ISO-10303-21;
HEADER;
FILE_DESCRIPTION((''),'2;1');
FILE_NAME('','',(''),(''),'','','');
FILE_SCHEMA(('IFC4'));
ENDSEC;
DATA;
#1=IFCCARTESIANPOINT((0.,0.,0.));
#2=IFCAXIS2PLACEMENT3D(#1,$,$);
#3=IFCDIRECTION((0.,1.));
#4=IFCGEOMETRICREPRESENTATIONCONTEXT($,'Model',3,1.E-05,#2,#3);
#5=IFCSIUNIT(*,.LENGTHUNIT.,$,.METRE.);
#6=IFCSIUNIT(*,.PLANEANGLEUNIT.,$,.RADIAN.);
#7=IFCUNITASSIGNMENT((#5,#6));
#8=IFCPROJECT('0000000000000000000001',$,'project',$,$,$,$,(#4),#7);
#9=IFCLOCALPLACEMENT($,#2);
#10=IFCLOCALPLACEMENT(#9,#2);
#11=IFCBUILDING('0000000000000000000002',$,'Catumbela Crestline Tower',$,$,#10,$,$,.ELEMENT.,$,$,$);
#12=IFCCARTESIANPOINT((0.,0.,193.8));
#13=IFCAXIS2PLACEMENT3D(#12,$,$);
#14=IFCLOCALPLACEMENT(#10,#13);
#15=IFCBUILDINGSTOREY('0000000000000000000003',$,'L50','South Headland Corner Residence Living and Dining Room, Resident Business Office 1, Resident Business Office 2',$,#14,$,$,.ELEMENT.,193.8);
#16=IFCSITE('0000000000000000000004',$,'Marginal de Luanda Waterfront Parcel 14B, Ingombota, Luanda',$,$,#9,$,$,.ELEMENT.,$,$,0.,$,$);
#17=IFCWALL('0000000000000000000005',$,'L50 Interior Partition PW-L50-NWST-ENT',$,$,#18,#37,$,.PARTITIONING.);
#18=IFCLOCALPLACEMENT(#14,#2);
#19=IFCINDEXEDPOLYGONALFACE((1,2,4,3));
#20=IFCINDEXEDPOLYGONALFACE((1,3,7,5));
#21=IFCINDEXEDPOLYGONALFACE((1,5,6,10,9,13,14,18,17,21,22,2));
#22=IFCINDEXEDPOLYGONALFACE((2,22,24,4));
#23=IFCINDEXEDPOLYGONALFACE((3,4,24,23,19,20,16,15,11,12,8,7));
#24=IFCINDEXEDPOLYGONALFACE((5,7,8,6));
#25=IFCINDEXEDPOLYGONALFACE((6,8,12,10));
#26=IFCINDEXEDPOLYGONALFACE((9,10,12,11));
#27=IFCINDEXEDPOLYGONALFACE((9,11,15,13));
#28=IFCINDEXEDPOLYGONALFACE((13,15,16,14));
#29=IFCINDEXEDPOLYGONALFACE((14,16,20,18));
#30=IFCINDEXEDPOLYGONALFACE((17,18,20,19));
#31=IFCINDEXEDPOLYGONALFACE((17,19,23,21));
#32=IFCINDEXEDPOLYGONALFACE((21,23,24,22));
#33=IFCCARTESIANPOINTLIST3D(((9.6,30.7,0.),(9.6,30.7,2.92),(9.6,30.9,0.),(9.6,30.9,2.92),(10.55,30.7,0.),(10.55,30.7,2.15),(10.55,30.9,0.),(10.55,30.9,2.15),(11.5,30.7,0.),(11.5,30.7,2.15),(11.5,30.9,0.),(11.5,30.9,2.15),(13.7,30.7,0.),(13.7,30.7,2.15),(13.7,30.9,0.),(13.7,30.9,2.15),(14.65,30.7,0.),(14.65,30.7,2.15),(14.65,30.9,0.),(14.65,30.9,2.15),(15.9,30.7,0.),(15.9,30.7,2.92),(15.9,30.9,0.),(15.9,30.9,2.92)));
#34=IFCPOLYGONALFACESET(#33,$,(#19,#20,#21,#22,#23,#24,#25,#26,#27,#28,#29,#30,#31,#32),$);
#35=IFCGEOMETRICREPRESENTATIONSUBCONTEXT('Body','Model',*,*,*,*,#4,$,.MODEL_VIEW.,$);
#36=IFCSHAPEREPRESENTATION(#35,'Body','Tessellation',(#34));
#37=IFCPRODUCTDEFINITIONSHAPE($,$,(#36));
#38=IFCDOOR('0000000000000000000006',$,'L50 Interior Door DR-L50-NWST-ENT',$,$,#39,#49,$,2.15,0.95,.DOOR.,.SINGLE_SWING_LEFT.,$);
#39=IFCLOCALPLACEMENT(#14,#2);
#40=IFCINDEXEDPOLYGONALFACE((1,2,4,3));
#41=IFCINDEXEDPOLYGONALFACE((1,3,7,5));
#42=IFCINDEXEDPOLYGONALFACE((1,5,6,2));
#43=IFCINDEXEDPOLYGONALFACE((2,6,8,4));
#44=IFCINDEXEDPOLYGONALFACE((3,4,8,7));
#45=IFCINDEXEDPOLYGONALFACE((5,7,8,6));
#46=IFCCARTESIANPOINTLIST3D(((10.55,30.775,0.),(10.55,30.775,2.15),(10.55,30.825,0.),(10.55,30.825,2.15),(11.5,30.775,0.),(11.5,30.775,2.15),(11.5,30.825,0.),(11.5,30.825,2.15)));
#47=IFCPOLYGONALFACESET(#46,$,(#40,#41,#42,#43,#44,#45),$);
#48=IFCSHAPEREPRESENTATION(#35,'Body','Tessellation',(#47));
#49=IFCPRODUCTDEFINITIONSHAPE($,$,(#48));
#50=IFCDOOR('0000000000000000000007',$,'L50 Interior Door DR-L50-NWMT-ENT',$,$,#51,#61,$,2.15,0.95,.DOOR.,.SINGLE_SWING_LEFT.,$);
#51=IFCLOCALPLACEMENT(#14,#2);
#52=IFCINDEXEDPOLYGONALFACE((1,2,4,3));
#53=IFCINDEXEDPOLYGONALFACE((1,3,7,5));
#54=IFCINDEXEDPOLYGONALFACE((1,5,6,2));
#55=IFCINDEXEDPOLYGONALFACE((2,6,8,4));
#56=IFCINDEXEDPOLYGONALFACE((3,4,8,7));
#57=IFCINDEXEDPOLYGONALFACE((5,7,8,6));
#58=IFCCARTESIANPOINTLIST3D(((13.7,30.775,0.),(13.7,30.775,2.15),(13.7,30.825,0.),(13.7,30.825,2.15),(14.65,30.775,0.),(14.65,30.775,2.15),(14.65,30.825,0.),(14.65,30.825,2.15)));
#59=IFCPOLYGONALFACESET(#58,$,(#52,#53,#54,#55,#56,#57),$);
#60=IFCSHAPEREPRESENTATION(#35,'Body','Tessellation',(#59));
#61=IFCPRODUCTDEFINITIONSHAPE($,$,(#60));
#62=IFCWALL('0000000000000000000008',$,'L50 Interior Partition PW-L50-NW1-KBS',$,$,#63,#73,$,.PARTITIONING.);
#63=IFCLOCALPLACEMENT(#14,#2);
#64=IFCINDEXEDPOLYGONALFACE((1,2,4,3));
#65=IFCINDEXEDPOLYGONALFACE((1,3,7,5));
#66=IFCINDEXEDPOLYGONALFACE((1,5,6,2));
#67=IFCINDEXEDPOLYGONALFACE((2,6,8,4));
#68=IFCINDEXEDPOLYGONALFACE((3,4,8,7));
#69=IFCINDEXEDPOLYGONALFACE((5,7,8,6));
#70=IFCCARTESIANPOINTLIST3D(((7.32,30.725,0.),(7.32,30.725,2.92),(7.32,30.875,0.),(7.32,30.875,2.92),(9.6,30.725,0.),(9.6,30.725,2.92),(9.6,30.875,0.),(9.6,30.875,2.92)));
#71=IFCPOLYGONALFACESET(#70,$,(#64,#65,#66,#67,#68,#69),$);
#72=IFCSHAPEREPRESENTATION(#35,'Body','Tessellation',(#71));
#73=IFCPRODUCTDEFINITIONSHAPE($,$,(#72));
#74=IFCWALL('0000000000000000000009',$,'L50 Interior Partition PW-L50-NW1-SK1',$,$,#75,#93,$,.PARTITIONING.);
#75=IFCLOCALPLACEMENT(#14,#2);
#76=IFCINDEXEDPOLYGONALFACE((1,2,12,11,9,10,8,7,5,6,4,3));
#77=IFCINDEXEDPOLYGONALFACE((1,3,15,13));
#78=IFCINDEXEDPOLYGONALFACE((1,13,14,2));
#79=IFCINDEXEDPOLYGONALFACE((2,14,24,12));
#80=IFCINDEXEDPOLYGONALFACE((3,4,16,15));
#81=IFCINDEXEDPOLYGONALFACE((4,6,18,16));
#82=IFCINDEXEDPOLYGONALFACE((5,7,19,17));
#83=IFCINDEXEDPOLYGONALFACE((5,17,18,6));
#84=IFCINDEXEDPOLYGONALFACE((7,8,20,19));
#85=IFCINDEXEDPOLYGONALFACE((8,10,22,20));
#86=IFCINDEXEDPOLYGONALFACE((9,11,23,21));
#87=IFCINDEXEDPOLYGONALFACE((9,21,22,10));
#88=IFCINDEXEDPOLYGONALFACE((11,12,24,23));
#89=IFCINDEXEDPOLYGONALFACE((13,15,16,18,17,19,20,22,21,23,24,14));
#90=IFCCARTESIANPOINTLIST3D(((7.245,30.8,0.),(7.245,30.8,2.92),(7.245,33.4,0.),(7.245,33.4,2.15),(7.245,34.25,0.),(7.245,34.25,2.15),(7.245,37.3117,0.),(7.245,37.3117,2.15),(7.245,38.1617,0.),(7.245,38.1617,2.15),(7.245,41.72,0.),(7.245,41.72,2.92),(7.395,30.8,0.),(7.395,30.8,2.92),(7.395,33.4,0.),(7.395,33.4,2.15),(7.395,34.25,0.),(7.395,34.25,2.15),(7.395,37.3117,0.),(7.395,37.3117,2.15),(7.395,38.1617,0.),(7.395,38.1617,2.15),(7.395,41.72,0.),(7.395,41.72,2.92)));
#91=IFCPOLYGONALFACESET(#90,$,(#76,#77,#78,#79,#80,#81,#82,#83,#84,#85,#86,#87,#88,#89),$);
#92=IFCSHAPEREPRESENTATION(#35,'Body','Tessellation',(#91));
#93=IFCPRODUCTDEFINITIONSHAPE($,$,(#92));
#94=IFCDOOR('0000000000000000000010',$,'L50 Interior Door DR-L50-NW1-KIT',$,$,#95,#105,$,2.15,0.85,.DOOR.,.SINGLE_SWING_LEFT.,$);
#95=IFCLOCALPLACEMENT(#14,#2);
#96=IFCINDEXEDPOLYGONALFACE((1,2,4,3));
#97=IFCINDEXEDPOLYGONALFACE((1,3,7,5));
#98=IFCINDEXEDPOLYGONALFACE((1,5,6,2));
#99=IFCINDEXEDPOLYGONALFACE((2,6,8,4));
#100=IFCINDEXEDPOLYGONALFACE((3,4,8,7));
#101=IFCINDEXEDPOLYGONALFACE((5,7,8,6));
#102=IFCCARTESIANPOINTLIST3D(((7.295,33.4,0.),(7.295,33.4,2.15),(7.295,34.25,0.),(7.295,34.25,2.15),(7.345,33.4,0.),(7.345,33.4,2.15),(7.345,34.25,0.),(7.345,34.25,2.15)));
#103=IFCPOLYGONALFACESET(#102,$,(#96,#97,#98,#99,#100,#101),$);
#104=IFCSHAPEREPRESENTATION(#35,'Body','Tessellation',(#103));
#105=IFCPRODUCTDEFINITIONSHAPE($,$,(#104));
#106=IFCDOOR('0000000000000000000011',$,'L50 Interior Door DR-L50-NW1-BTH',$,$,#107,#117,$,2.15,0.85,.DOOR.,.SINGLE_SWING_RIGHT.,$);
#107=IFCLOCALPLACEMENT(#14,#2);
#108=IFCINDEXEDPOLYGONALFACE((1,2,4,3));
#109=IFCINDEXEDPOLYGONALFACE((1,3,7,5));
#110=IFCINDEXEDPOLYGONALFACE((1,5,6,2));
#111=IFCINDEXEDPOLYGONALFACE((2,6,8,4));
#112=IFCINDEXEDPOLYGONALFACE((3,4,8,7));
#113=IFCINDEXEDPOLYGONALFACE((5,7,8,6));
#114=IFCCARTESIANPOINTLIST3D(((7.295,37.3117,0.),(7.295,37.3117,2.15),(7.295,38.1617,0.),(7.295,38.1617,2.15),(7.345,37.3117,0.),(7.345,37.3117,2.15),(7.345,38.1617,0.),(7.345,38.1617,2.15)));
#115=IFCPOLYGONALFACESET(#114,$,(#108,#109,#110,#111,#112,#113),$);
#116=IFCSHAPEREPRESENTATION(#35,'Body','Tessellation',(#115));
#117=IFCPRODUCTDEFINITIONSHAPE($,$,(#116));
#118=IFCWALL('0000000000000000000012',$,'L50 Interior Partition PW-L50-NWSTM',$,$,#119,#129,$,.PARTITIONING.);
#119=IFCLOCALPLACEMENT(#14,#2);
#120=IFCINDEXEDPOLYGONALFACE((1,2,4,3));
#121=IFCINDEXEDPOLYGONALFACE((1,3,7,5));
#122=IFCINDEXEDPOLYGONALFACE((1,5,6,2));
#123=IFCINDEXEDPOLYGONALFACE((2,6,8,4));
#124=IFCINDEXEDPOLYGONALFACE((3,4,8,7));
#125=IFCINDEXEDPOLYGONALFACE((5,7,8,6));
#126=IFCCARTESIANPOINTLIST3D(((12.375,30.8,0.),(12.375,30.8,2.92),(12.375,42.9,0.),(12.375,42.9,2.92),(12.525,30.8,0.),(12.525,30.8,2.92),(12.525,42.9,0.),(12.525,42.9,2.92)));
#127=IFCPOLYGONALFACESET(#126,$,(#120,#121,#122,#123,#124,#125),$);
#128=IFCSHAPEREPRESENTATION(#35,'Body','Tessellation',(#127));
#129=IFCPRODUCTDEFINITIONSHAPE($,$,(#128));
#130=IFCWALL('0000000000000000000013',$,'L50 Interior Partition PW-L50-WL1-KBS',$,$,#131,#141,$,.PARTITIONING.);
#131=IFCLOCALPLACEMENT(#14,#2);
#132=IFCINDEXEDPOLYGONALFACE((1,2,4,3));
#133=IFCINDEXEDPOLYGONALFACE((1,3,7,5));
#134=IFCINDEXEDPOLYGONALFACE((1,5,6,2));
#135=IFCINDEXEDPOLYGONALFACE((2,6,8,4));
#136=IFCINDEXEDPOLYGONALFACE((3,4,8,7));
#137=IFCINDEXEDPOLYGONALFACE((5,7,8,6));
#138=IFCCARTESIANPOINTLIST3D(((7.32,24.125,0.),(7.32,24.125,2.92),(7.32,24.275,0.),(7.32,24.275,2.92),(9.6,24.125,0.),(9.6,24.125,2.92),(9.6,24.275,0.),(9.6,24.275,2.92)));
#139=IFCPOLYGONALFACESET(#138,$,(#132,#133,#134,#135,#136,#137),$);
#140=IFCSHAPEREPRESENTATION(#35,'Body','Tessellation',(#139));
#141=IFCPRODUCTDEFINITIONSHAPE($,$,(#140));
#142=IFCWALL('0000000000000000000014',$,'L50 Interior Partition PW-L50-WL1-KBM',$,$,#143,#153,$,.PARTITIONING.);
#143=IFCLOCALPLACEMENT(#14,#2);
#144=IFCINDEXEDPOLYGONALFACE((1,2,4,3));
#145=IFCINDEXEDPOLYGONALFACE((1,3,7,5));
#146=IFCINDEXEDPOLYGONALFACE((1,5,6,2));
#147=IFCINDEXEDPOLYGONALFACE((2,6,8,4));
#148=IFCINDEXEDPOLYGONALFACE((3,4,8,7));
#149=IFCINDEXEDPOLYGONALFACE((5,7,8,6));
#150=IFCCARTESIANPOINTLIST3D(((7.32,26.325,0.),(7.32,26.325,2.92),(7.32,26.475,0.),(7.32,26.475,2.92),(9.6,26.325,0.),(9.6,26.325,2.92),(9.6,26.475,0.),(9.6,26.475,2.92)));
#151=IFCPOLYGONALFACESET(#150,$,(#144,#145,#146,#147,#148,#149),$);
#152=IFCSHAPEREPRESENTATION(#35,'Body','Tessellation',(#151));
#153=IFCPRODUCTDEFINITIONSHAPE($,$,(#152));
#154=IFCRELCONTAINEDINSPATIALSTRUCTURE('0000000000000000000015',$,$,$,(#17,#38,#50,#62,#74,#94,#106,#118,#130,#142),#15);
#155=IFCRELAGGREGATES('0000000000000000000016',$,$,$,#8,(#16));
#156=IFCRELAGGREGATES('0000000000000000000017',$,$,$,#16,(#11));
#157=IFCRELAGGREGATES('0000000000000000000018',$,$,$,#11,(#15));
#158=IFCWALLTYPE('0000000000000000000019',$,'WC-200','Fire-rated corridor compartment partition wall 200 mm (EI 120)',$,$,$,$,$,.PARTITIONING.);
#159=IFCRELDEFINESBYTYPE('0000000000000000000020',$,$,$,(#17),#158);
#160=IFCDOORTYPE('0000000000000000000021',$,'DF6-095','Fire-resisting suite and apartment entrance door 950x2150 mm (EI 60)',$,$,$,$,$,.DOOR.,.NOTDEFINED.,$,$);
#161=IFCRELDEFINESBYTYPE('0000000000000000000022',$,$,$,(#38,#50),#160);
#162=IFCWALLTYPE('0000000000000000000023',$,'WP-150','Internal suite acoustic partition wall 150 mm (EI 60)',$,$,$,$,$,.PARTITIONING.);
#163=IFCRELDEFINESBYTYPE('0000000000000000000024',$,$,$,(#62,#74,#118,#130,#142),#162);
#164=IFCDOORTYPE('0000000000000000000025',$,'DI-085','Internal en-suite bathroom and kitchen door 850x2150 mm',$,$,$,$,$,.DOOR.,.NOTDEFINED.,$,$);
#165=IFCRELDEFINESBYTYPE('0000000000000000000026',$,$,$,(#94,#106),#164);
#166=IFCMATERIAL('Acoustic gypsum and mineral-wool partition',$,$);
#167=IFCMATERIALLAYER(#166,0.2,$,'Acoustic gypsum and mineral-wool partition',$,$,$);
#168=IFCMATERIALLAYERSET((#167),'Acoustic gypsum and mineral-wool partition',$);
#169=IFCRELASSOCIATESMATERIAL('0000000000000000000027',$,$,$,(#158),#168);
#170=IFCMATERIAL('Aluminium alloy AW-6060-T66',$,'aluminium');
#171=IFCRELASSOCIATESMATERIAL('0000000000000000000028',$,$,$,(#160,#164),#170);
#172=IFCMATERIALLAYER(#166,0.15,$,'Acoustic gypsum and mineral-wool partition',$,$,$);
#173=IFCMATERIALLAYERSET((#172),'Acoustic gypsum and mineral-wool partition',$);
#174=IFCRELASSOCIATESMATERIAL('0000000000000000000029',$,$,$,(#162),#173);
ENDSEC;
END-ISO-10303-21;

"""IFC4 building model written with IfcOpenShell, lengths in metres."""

from ifc_helpers import new_model, si_unit, direction, frame, frame_2d, origin, place, context, subcontext, project, spatial, rectangle, extrude, material, layer, layer_set, type_object, element, fill, save


model = new_model("IFC4")

# Units and contexts
model_context = context("Model", 3, precision=1e-05, world=origin(), true_north=direction((0.0, 1.0)))
body_context = subcontext(model_context, "Body", "Model", "MODEL_VIEW")
ifc_project = project(units=[si_unit("LENGTHUNIT", "METRE"), si_unit("PLANEANGLEUNIT", "RADIAN")], contexts=[model_context])

# Site, building, storey
site_placement = place(None, origin())
site = spatial("IfcSite", under=ifc_project, at=site_placement, Name="Marginal de Luanda Waterfront Parcel 14B, Ingombota, Luanda", CompositionType="ELEMENT", RefElevation=0.0)
building_placement = place(site_placement, origin())
building = spatial("IfcBuilding", under=site, at=building_placement, Name="Catumbela Crestline Tower", CompositionType="ELEMENT")
storey_placement = place(building_placement, frame((0.0, 0.0, 193.8)))
storey = spatial("IfcBuildingStorey", under=building, at=storey_placement, Name="L50", Description="South Headland Corner Residence Living and Dining Room, Resident Business Office 1, Resident Business Office 2", CompositionType="ELEMENT", Elevation=193.8)

# Wall, openings, doors
ifc_material_1 = material(Name="Acoustic gypsum and mineral-wool partition")
ifc_layer_1 = layer(ifc_material_1, 0.2, Name="Acoustic gypsum and mineral-wool partition")
ifc_layer_set_1 = layer_set([ifc_layer_1], Name="Acoustic gypsum and mineral-wool partition")
wall_type_1 = type_object("IfcWallType", Name="WC-200", Description="Fire-rated corridor compartment partition wall 200 mm (EI 120)", PredefinedType="PARTITIONING", material=ifc_layer_set_1)
ifc_material_2 = material(Name="Aluminium alloy AW-6060-T66", Category="aluminium")
door_type_1 = type_object("IfcDoorType", Name="DF6-095", Description="Fire-resisting suite and apartment entrance door 950x2150 mm (EI 60)", OperationType="NOTDEFINED", PredefinedType="DOOR", material=ifc_material_2)
wall_1_placement = place(storey_placement, frame((9.6, 30.8, 0.0), z_axis=(0.0, 0.0, 1.0), x_axis=(1.0, 0.0, 0.0)))
wall_1 = element("IfcWall", 1, at=wall_1_placement, inside=storey, type_object=wall_type_1, Name="L50 Interior Partition PW-L50-NWST-ENT", PredefinedType="PARTITIONING", context=body_context, shape_type="SweptSolid", body=[
    extrude(rectangle(XDim=6.3, YDim=0.2, at=frame_2d((3.15, 0.0))), origin(), (0.0, 0.0, 1.0), 2.92),
])
opening_1_placement = place(wall_1_placement, frame((0.95, 0.0, 0.0)))
opening_1 = element("IfcOpeningElement", 2, at=opening_1_placement, cuts=wall_1, PredefinedType="OPENING", context=body_context, shape_type="SweptSolid", body=[
    extrude(rectangle(XDim=0.95, YDim=2.15, at=frame_2d((0.475, 1.075))), frame((0.0, 0.11, 0.0), z_axis=(0.0, -1.0, 0.0), x_axis=(1.0, 0.0, 0.0)), (0.0, 0.0, 1.0), 0.22),
])
opening_2_placement = place(wall_1_placement, frame((4.1, 0.0, 0.0)))
opening_2 = element("IfcOpeningElement", 3, at=opening_2_placement, cuts=wall_1, PredefinedType="OPENING", context=body_context, shape_type="SweptSolid", body=[
    extrude(rectangle(XDim=0.95, YDim=2.15, at=frame_2d((0.475, 1.075))), frame((0.0, 0.11, 0.0), z_axis=(0.0, -1.0, 0.0), x_axis=(1.0, 0.0, 0.0)), (0.0, 0.0, 1.0), 0.22),
])
door_1_placement = place(opening_1_placement, origin())
door_1 = element("IfcDoor", 4, at=door_1_placement, inside=storey, type_object=door_type_1, Name="L50 Interior Door DR-L50-NWST-ENT", OperationType="SINGLE_SWING_LEFT", OverallHeight=2.15, OverallWidth=0.95, PredefinedType="DOOR", context=body_context, shape_type="SweptSolid", body=[
    extrude(rectangle(XDim=0.95, YDim=2.15, at=frame_2d((0.475, 1.075))), frame((0.0, 0.025, 0.0), z_axis=(0.0, -1.0, 0.0), x_axis=(1.0, 0.0, 0.0)), (0.0, 0.0, 1.0), 0.05),
])
fill(opening_1, door_1)
door_2_placement = place(opening_2_placement, origin())
door_2 = element("IfcDoor", 5, at=door_2_placement, inside=storey, type_object=door_type_1, Name="L50 Interior Door DR-L50-NWMT-ENT", OperationType="SINGLE_SWING_LEFT", OverallHeight=2.15, OverallWidth=0.95, PredefinedType="DOOR", context=body_context, shape_type="SweptSolid", body=[
    extrude(rectangle(XDim=0.95, YDim=2.15, at=frame_2d((0.475, 1.075))), frame((0.0, 0.025, 0.0), z_axis=(0.0, -1.0, 0.0), x_axis=(1.0, 0.0, 0.0)), (0.0, 0.0, 1.0), 0.05),
])
fill(opening_2, door_2)

# Wall
ifc_layer_2 = layer(ifc_material_1, 0.15, Name="Acoustic gypsum and mineral-wool partition")
ifc_layer_set_2 = layer_set([ifc_layer_2], Name="Acoustic gypsum and mineral-wool partition")
wall_type_2 = type_object("IfcWallType", Name="WP-150", Description="Internal suite acoustic partition wall 150 mm (EI 60)", PredefinedType="PARTITIONING", material=ifc_layer_set_2)
wall_2_placement = place(storey_placement, frame((7.32, 30.8, 0.0), z_axis=(0.0, 0.0, 1.0), x_axis=(1.0, 0.0, 0.0)))
element("IfcWall", 6, at=wall_2_placement, inside=storey, type_object=wall_type_2, Name="L50 Interior Partition PW-L50-NW1-KBS", PredefinedType="PARTITIONING", context=body_context, shape_type="SweptSolid", body=[
    extrude(rectangle(XDim=2.28, YDim=0.15, at=frame_2d((1.14, 0.0))), origin(), (0.0, 0.0, 1.0), 2.92),
])

# Wall, openings, doors
wall_3_placement = place(storey_placement, frame((7.32, 30.8, 0.0), z_axis=(0.0, 0.0, 1.0), x_axis=(0.0, 1.0, 0.0)))
wall_3 = element("IfcWall", 7, at=wall_3_placement, inside=storey, type_object=wall_type_2, Name="L50 Interior Partition PW-L50-NW1-SK1", PredefinedType="PARTITIONING", context=body_context, shape_type="SweptSolid", body=[
    extrude(rectangle(XDim=10.92, YDim=0.15, at=frame_2d((5.46, 0.0))), origin(), (0.0, 0.0, 1.0), 2.92),
])
opening_3_placement = place(wall_3_placement, frame((2.6, 0.0, 0.0)))
opening_3 = element("IfcOpeningElement", 8, at=opening_3_placement, cuts=wall_3, PredefinedType="OPENING", context=body_context, shape_type="SweptSolid", body=[
    extrude(rectangle(XDim=0.85, YDim=2.15, at=frame_2d((0.425, 1.075))), frame((0.0, 0.085, 0.0), z_axis=(0.0, -1.0, 0.0), x_axis=(1.0, 0.0, 0.0)), (0.0, 0.0, 1.0), 0.17),
])
opening_4_placement = place(wall_3_placement, frame((6.5117, 0.0, 0.0)))
opening_4 = element("IfcOpeningElement", 9, at=opening_4_placement, cuts=wall_3, PredefinedType="OPENING", context=body_context, shape_type="SweptSolid", body=[
    extrude(rectangle(XDim=0.85, YDim=2.15, at=frame_2d((0.425, 1.075))), frame((0.0, 0.085, 0.0), z_axis=(0.0, -1.0, 0.0), x_axis=(1.0, 0.0, 0.0)), (0.0, 0.0, 1.0), 0.17),
])
door_type_2 = type_object("IfcDoorType", Name="DI-085", Description="Internal en-suite bathroom and kitchen door 850x2150 mm", OperationType="NOTDEFINED", PredefinedType="DOOR", material=ifc_material_2)
door_3_placement = place(opening_3_placement, origin())
door_3 = element("IfcDoor", 10, at=door_3_placement, inside=storey, type_object=door_type_2, Name="L50 Interior Door DR-L50-NW1-KIT", OperationType="SINGLE_SWING_LEFT", OverallHeight=2.15, OverallWidth=0.85, PredefinedType="DOOR", context=body_context, shape_type="SweptSolid", body=[
    extrude(rectangle(XDim=0.85, YDim=2.15, at=frame_2d((0.425, 1.075))), frame((0.0, 0.025, 0.0), z_axis=(0.0, -1.0, 0.0), x_axis=(1.0, 0.0, 0.0)), (0.0, 0.0, 1.0), 0.05),
])
fill(opening_3, door_3)
door_4_placement = place(opening_4_placement, origin())
door_4 = element("IfcDoor", 11, at=door_4_placement, inside=storey, type_object=door_type_2, Name="L50 Interior Door DR-L50-NW1-BTH", OperationType="SINGLE_SWING_RIGHT", OverallHeight=2.15, OverallWidth=0.85, PredefinedType="DOOR", context=body_context, shape_type="SweptSolid", body=[
    extrude(rectangle(XDim=0.85, YDim=2.15, at=frame_2d((0.425, 1.075))), frame((0.0, 0.025, 0.0), z_axis=(0.0, -1.0, 0.0), x_axis=(1.0, 0.0, 0.0)), (0.0, 0.0, 1.0), 0.05),
])
fill(opening_4, door_4)

# Walls
wall_4_placement = place(storey_placement, frame((12.45, 30.8, 0.0), z_axis=(0.0, 0.0, 1.0), x_axis=(0.0, 1.0, 0.0)))
element("IfcWall", 12, at=wall_4_placement, inside=storey, type_object=wall_type_2, Name="L50 Interior Partition PW-L50-NWSTM", PredefinedType="PARTITIONING", context=body_context, shape_type="SweptSolid", body=[
    extrude(rectangle(XDim=12.1, YDim=0.15, at=frame_2d((6.05, 0.0))), origin(), (0.0, 0.0, 1.0), 2.92),
])
for number, where, z_axis, x_axis, name in (
    (13, (7.32, 24.2, 0.0), (0.0, 0.0, 1.0), (1.0, 0.0, 0.0), "L50 Interior Partition PW-L50-WL1-KBS"),
    (14, (7.32, 26.4, 0.0), (0.0, 0.0, 1.0), (1.0, 0.0, 0.0), "L50 Interior Partition PW-L50-WL1-KBM"),
):
    element("IfcWall", number, at=place(storey_placement, frame(where, z_axis=z_axis, x_axis=x_axis)), inside=storey, type_object=wall_type_2, Name=name, PredefinedType="PARTITIONING", context=body_context, shape_type="SweptSolid", body=[
        extrude(rectangle(XDim=2.28, YDim=0.15, at=frame_2d((1.14, 0.0))), origin(), (0.0, 0.0, 1.0), 2.92),
    ])

save(model, "model.ifc")
